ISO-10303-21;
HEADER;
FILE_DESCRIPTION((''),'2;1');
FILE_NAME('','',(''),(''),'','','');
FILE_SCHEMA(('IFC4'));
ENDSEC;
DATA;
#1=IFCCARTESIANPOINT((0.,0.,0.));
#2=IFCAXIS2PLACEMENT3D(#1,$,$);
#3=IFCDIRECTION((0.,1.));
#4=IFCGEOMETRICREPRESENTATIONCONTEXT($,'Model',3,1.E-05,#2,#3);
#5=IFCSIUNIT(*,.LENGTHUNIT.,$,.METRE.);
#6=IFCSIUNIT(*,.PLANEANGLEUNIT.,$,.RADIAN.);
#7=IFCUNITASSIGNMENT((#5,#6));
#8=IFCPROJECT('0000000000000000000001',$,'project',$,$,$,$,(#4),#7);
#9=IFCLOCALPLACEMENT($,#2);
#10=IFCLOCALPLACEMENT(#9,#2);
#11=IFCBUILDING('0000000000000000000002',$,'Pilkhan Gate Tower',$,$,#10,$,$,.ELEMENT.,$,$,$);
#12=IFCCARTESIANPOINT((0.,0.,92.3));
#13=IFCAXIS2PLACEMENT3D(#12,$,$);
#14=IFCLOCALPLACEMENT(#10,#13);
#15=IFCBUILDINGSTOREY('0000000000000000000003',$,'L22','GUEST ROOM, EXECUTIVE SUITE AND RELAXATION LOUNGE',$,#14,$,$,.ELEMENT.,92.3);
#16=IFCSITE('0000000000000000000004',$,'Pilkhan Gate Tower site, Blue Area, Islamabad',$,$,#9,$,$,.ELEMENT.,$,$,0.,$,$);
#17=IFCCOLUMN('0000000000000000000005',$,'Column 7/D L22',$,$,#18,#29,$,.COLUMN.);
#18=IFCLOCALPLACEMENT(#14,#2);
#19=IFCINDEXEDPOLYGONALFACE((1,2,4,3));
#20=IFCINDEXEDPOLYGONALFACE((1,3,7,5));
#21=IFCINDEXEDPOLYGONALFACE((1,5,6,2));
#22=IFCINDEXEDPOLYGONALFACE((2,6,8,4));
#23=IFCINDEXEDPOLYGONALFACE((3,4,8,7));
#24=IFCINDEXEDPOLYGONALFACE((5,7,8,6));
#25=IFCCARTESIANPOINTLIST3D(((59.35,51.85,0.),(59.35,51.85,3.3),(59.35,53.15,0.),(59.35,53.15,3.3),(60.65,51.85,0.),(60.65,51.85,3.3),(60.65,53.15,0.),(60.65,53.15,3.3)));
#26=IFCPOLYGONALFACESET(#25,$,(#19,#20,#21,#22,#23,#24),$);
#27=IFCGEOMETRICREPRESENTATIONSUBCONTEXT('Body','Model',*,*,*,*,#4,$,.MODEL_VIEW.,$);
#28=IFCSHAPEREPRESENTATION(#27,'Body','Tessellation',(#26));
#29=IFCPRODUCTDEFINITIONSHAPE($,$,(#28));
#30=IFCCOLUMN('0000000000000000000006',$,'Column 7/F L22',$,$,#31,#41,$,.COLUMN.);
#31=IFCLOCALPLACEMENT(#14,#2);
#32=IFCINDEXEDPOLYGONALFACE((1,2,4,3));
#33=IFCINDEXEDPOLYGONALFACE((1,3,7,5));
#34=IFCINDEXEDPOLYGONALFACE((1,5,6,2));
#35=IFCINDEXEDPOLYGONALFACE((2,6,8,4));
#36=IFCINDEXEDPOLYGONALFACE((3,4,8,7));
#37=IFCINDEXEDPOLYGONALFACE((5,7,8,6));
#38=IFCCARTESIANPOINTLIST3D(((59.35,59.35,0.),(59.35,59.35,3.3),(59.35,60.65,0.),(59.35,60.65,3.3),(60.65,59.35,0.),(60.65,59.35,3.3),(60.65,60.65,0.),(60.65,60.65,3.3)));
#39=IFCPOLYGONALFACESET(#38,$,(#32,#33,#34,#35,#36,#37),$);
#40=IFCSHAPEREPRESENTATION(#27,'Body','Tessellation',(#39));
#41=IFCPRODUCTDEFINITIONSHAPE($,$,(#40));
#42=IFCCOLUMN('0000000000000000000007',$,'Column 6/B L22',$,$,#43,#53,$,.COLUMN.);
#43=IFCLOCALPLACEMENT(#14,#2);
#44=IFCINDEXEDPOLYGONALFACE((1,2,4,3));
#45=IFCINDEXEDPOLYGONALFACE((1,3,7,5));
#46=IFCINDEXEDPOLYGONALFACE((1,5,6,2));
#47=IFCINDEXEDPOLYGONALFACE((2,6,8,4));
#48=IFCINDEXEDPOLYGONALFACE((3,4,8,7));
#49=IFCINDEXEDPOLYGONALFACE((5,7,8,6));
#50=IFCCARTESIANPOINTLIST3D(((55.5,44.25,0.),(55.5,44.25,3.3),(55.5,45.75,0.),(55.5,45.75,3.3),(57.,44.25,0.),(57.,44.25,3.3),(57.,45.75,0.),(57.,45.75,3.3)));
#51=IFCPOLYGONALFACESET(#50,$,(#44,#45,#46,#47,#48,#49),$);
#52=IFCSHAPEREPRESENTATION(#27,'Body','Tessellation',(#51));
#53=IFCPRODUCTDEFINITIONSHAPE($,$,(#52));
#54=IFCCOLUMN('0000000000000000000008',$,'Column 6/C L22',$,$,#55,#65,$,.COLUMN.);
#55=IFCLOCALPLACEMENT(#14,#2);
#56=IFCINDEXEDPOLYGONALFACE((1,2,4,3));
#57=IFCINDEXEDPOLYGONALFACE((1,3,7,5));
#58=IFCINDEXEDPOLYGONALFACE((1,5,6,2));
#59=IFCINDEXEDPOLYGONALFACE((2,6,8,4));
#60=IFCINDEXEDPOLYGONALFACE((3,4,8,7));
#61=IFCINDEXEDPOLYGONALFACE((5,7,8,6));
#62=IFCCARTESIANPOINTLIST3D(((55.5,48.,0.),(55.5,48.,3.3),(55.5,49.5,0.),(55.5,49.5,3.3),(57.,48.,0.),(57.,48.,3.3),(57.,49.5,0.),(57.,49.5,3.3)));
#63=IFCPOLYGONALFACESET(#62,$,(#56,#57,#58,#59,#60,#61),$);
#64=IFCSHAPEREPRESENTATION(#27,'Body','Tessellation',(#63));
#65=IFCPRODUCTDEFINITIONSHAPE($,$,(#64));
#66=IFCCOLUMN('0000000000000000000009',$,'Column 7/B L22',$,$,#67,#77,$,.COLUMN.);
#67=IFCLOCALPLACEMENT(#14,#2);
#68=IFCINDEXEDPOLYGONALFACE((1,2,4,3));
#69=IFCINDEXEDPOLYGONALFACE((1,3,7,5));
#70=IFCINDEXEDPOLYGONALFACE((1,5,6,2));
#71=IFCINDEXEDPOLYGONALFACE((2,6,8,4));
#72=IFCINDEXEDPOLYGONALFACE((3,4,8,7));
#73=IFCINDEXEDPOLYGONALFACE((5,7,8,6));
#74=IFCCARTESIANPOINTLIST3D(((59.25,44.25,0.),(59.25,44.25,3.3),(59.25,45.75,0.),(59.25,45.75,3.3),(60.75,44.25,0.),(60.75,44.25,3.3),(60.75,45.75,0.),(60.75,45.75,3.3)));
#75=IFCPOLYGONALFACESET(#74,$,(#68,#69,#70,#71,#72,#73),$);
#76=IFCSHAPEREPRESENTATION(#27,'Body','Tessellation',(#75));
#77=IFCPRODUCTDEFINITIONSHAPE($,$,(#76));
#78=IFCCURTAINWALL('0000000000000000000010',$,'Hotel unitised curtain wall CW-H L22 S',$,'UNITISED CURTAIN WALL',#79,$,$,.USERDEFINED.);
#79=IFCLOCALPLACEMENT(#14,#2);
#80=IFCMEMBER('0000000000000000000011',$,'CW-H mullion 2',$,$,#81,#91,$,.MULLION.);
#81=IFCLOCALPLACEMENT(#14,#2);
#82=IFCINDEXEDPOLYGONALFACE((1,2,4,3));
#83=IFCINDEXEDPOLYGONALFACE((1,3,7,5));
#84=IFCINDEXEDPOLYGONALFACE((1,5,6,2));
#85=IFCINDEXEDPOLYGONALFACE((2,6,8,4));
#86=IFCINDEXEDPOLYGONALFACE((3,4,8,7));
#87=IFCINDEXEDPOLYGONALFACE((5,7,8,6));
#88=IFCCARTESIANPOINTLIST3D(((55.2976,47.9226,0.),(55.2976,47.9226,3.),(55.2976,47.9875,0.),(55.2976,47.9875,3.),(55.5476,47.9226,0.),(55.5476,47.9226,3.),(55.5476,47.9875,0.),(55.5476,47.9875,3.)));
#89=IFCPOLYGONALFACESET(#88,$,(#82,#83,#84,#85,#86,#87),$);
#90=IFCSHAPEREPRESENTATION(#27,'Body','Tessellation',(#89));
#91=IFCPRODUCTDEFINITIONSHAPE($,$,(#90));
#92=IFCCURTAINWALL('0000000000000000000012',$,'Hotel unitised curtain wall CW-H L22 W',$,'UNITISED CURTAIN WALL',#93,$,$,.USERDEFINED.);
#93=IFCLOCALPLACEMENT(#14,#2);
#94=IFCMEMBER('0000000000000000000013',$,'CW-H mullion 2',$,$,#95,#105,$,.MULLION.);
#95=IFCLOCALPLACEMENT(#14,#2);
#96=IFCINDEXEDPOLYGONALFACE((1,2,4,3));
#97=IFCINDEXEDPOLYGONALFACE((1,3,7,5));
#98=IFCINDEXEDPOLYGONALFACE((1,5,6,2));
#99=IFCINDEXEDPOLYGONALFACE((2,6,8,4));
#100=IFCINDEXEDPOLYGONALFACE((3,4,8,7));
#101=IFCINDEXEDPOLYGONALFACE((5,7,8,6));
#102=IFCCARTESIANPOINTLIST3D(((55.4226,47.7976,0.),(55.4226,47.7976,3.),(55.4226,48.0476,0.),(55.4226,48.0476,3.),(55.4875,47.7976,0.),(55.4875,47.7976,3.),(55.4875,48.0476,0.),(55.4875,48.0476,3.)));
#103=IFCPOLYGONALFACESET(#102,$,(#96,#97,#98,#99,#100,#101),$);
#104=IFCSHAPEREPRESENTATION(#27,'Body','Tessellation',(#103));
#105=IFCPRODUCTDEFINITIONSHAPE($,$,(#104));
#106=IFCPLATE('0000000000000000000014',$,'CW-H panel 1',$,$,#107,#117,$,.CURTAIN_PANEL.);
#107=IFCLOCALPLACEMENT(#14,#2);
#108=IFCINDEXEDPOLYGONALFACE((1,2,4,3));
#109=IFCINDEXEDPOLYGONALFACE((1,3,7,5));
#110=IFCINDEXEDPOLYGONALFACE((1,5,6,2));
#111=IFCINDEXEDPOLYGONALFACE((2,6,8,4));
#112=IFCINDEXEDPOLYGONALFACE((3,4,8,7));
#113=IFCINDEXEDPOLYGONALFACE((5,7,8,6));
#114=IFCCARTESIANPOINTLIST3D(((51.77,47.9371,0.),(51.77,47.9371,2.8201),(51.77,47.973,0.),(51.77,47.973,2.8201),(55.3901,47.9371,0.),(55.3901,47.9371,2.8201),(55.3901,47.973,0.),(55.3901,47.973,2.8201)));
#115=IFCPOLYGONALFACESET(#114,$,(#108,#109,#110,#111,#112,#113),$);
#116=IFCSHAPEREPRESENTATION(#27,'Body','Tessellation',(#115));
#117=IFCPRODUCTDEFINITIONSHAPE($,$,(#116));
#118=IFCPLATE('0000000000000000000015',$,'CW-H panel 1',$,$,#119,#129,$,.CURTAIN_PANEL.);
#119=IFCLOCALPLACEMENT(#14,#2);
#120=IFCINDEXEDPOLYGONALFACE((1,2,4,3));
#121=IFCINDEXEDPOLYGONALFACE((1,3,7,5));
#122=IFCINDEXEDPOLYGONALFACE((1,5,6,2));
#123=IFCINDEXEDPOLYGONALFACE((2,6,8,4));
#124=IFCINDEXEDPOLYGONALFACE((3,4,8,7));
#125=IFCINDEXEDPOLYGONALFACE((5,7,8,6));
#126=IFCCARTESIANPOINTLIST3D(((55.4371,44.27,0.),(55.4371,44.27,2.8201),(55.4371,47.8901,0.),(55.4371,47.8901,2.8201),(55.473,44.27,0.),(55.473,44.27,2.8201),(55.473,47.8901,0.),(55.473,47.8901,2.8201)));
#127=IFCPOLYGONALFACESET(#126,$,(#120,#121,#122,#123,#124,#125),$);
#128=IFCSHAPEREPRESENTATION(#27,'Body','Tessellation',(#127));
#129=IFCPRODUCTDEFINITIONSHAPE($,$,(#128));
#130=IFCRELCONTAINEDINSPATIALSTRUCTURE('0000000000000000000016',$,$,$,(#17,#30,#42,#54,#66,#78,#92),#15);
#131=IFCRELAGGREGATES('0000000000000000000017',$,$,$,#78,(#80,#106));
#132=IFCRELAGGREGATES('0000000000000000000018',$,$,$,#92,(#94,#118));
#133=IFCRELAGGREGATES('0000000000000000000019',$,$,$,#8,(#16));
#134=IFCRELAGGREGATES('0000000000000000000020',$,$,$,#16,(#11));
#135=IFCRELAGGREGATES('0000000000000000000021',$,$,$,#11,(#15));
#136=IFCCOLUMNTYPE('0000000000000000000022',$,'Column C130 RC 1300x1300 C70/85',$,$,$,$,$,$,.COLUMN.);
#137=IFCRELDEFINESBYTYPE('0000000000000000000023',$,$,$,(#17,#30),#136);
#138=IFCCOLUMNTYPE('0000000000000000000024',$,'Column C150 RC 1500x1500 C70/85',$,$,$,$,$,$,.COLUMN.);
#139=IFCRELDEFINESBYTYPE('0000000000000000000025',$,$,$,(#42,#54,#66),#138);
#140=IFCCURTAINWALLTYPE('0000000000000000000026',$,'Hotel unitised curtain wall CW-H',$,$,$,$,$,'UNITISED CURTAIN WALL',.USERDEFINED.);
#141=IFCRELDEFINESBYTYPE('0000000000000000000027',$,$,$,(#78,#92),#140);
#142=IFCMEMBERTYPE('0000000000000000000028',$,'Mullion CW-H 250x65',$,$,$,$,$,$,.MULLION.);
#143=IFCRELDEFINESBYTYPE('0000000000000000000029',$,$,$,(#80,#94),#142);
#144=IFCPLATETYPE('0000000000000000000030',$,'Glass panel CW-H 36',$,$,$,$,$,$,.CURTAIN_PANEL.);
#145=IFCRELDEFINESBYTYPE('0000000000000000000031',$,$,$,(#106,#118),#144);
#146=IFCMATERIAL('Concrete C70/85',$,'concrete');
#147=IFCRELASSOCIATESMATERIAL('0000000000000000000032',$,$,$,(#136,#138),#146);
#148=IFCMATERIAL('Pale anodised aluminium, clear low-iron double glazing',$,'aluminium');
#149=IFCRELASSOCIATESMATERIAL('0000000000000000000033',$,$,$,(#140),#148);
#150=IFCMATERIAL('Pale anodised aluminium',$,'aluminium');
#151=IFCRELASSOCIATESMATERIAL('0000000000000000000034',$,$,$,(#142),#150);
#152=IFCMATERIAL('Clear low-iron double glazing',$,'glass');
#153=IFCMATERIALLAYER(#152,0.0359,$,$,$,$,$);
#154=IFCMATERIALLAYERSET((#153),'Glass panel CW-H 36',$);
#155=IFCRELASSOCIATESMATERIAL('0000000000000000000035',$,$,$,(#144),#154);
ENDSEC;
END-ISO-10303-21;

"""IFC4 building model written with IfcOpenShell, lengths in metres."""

from ifc_helpers import new_model, si_unit, direction, frame, origin, origin_2d, place, context, subcontext, project, spatial, rectangle, extrude, material, layer, layer_set, material_profile, profile_set, type_object, element, aggregate, save


model = new_model("IFC4")

# Units and contexts
model_context = context("Model", 3, precision=1e-05, world=origin(), true_north=direction((0.0, 1.0)))
body_context = subcontext(model_context, "Body", "Model", "MODEL_VIEW")
ifc_project = project(units=[si_unit("LENGTHUNIT", "METRE"), si_unit("PLANEANGLEUNIT", "RADIAN")], contexts=[model_context])

# Site, building, storey
site_placement = place(None, origin())
site = spatial("IfcSite", under=ifc_project, at=site_placement, Name="Pilkhan Gate Tower site, Blue Area, Islamabad", CompositionType="ELEMENT", RefElevation=0.0)
building_placement = place(site_placement, origin())
building = spatial("IfcBuilding", under=site, at=building_placement, Name="Pilkhan Gate Tower", CompositionType="ELEMENT")
storey_placement = place(building_placement, frame((0.0, 0.0, 92.3)))
storey = spatial("IfcBuildingStorey", under=building, at=storey_placement, Name="L22", Description="GUEST ROOM, EXECUTIVE SUITE AND RELAXATION LOUNGE", CompositionType="ELEMENT", Elevation=92.3)

# Columns
ifc_material_1 = material(Name="Concrete C70/85", Category="concrete")
ifc_material_profile_1 = material_profile(ifc_material_1, rectangle(XDim=1.3, YDim=1.3, at=origin_2d()), Name="RC 1300x1300")
ifc_profile_set_1 = profile_set([ifc_material_profile_1], Name="Concrete C70/85")
column_type_1 = type_object("IfcColumnType", Name="Column C130 RC 1300x1300 C70/85", PredefinedType="COLUMN", material=ifc_profile_set_1)
for number, where, z_axis, x_axis, name in (
    (1, (60.0, 52.5, 0.0), (0.0, 0.0, 1.0), (1.0, 0.0, 0.0), "Column 7/D L22"),
    (2, (60.0, 60.0, 0.0), (0.0, 0.0, 1.0), (1.0, 0.0, 0.0), "Column 7/F L22"),
):
    element("IfcColumn", number, at=place(storey_placement, frame(where, z_axis=z_axis, x_axis=x_axis)), inside=storey, type_object=column_type_1, Name=name, PredefinedType="COLUMN", context=body_context, shape_type="SweptSolid", body=[
        extrude(rectangle(XDim=1.3, YDim=1.3, at=origin_2d()), origin(), (0.0, 0.0, 1.0), 3.3),
    ])
ifc_material_profile_2 = material_profile(ifc_material_1, rectangle(XDim=1.5, YDim=1.5, at=origin_2d()), Name="RC 1500x1500")
ifc_profile_set_2 = profile_set([ifc_material_profile_2], Name="Concrete C70/85")
column_type_2 = type_object("IfcColumnType", Name="Column C150 RC 1500x1500 C70/85", PredefinedType="COLUMN", material=ifc_profile_set_2)
for number, where, z_axis, x_axis, name in (
    (3, (56.25, 45.0, 0.0), (0.0, 0.0, 1.0), (1.0, 0.0, 0.0), "Column 6/B L22"),
    (4, (56.25, 48.75, 0.0), (0.0, 0.0, 1.0), (1.0, 0.0, 0.0), "Column 6/C L22"),
    (5, (60.0, 45.0, 0.0), (0.0, 0.0, 1.0), (1.0, 0.0, 0.0), "Column 7/B L22"),
):
    element("IfcColumn", number, at=place(storey_placement, frame(where, z_axis=z_axis, x_axis=x_axis)), inside=storey, type_object=column_type_2, Name=name, PredefinedType="COLUMN", context=body_context, shape_type="SweptSolid", body=[
        extrude(rectangle(XDim=1.5, YDim=1.5, at=origin_2d()), origin(), (0.0, 0.0, 1.0), 3.3),
    ])

# Curtain walls, members
ifc_material_2 = material(Name="Pale anodised aluminium, clear low-iron double glazing", Category="aluminium")
curtain_wall_type = type_object("IfcCurtainWallType", Name="Hotel unitised curtain wall CW-H", ElementType="UNITISED CURTAIN WALL", PredefinedType="USERDEFINED", material=ifc_material_2)
curtain_wall_1_placement = place(storey_placement, origin())
curtain_wall_1 = element("IfcCurtainWall", 6, at=curtain_wall_1_placement, inside=storey, type_object=curtain_wall_type, Name="Hotel unitised curtain wall CW-H L22 S", ObjectType="UNITISED CURTAIN WALL", PredefinedType="USERDEFINED")
ifc_material_3 = material(Name="Pale anodised aluminium", Category="aluminium")
ifc_material_profile_3 = material_profile(ifc_material_3, rectangle(XDim=0.0649, YDim=0.25, at=origin_2d()), Name="Mullion 250x65")
ifc_profile_set_3 = profile_set([ifc_material_profile_3], Name="Pale anodised aluminium")
member_type = type_object("IfcMemberType", Name="Mullion CW-H 250x65", PredefinedType="MULLION", material=ifc_profile_set_3)
member_1_placement = place(storey_placement, frame((55.4226, 47.9551, 0.0), z_axis=(0.0, 0.0, 1.0), x_axis=(0.0, 1.0, 0.0)))
member_1 = element("IfcMember", 7, at=member_1_placement, type_object=member_type, Name="CW-H mullion 2", PredefinedType="MULLION", context=body_context, shape_type="SweptSolid", body=[
    extrude(rectangle(XDim=0.0649, YDim=0.25, at=origin_2d()), origin(), (0.0, 0.0, 1.0), 3.0),
])
curtain_wall_2_placement = place(storey_placement, origin())
curtain_wall_2 = element("IfcCurtainWall", 8, at=curtain_wall_2_placement, inside=storey, type_object=curtain_wall_type, Name="Hotel unitised curtain wall CW-H L22 W", ObjectType="UNITISED CURTAIN WALL", PredefinedType="USERDEFINED")
member_2_placement = place(storey_placement, frame((55.4551, 47.9226, 0.0), z_axis=(0.0, 0.0, 1.0), x_axis=(-1.0, 0.0, 0.0)))
member_2 = element("IfcMember", 9, at=member_2_placement, type_object=member_type, Name="CW-H mullion 2", PredefinedType="MULLION", context=body_context, shape_type="SweptSolid", body=[
    extrude(rectangle(XDim=0.0649, YDim=0.25, at=origin_2d()), origin(), (0.0, 0.0, 1.0), 3.0),
])

# Plates
ifc_material_4 = material(Name="Clear low-iron double glazing", Category="glass")
ifc_layer_1 = layer(ifc_material_4, 0.0359)
ifc_layer_set_1 = layer_set([ifc_layer_1], Name="Glass panel CW-H 36")
plate_type = type_object("IfcPlateType", Name="Glass panel CW-H 36", PredefinedType="CURTAIN_PANEL", material=ifc_layer_set_1)
plate_1_placement = place(storey_placement, frame((53.5801, 47.9551, 0.0), z_axis=(0.0, 0.0, 1.0), x_axis=(1.0, 0.0, 0.0)))
plate_1 = element("IfcPlate", 10, at=plate_1_placement, type_object=plate_type, Name="CW-H panel 1", PredefinedType="CURTAIN_PANEL", context=body_context, shape_type="SweptSolid", body=[
    extrude(rectangle(XDim=3.6201, YDim=0.0359, at=origin_2d()), origin(), (0.0, 0.0, 1.0), 2.8201),
])
aggregate(curtain_wall_1, [member_1, plate_1])
plate_2_placement = place(storey_placement, frame((55.4551, 46.0801, 0.0), z_axis=(0.0, 0.0, 1.0), x_axis=(0.0, 1.0, 0.0)))
plate_2 = element("IfcPlate", 11, at=plate_2_placement, type_object=plate_type, Name="CW-H panel 1", PredefinedType="CURTAIN_PANEL", context=body_context, shape_type="SweptSolid", body=[
    extrude(rectangle(XDim=3.6201, YDim=0.0359, at=origin_2d()), origin(), (0.0, 0.0, 1.0), 2.8201),
])
aggregate(curtain_wall_2, [member_2, plate_2])

save(model, "model.ifc")
